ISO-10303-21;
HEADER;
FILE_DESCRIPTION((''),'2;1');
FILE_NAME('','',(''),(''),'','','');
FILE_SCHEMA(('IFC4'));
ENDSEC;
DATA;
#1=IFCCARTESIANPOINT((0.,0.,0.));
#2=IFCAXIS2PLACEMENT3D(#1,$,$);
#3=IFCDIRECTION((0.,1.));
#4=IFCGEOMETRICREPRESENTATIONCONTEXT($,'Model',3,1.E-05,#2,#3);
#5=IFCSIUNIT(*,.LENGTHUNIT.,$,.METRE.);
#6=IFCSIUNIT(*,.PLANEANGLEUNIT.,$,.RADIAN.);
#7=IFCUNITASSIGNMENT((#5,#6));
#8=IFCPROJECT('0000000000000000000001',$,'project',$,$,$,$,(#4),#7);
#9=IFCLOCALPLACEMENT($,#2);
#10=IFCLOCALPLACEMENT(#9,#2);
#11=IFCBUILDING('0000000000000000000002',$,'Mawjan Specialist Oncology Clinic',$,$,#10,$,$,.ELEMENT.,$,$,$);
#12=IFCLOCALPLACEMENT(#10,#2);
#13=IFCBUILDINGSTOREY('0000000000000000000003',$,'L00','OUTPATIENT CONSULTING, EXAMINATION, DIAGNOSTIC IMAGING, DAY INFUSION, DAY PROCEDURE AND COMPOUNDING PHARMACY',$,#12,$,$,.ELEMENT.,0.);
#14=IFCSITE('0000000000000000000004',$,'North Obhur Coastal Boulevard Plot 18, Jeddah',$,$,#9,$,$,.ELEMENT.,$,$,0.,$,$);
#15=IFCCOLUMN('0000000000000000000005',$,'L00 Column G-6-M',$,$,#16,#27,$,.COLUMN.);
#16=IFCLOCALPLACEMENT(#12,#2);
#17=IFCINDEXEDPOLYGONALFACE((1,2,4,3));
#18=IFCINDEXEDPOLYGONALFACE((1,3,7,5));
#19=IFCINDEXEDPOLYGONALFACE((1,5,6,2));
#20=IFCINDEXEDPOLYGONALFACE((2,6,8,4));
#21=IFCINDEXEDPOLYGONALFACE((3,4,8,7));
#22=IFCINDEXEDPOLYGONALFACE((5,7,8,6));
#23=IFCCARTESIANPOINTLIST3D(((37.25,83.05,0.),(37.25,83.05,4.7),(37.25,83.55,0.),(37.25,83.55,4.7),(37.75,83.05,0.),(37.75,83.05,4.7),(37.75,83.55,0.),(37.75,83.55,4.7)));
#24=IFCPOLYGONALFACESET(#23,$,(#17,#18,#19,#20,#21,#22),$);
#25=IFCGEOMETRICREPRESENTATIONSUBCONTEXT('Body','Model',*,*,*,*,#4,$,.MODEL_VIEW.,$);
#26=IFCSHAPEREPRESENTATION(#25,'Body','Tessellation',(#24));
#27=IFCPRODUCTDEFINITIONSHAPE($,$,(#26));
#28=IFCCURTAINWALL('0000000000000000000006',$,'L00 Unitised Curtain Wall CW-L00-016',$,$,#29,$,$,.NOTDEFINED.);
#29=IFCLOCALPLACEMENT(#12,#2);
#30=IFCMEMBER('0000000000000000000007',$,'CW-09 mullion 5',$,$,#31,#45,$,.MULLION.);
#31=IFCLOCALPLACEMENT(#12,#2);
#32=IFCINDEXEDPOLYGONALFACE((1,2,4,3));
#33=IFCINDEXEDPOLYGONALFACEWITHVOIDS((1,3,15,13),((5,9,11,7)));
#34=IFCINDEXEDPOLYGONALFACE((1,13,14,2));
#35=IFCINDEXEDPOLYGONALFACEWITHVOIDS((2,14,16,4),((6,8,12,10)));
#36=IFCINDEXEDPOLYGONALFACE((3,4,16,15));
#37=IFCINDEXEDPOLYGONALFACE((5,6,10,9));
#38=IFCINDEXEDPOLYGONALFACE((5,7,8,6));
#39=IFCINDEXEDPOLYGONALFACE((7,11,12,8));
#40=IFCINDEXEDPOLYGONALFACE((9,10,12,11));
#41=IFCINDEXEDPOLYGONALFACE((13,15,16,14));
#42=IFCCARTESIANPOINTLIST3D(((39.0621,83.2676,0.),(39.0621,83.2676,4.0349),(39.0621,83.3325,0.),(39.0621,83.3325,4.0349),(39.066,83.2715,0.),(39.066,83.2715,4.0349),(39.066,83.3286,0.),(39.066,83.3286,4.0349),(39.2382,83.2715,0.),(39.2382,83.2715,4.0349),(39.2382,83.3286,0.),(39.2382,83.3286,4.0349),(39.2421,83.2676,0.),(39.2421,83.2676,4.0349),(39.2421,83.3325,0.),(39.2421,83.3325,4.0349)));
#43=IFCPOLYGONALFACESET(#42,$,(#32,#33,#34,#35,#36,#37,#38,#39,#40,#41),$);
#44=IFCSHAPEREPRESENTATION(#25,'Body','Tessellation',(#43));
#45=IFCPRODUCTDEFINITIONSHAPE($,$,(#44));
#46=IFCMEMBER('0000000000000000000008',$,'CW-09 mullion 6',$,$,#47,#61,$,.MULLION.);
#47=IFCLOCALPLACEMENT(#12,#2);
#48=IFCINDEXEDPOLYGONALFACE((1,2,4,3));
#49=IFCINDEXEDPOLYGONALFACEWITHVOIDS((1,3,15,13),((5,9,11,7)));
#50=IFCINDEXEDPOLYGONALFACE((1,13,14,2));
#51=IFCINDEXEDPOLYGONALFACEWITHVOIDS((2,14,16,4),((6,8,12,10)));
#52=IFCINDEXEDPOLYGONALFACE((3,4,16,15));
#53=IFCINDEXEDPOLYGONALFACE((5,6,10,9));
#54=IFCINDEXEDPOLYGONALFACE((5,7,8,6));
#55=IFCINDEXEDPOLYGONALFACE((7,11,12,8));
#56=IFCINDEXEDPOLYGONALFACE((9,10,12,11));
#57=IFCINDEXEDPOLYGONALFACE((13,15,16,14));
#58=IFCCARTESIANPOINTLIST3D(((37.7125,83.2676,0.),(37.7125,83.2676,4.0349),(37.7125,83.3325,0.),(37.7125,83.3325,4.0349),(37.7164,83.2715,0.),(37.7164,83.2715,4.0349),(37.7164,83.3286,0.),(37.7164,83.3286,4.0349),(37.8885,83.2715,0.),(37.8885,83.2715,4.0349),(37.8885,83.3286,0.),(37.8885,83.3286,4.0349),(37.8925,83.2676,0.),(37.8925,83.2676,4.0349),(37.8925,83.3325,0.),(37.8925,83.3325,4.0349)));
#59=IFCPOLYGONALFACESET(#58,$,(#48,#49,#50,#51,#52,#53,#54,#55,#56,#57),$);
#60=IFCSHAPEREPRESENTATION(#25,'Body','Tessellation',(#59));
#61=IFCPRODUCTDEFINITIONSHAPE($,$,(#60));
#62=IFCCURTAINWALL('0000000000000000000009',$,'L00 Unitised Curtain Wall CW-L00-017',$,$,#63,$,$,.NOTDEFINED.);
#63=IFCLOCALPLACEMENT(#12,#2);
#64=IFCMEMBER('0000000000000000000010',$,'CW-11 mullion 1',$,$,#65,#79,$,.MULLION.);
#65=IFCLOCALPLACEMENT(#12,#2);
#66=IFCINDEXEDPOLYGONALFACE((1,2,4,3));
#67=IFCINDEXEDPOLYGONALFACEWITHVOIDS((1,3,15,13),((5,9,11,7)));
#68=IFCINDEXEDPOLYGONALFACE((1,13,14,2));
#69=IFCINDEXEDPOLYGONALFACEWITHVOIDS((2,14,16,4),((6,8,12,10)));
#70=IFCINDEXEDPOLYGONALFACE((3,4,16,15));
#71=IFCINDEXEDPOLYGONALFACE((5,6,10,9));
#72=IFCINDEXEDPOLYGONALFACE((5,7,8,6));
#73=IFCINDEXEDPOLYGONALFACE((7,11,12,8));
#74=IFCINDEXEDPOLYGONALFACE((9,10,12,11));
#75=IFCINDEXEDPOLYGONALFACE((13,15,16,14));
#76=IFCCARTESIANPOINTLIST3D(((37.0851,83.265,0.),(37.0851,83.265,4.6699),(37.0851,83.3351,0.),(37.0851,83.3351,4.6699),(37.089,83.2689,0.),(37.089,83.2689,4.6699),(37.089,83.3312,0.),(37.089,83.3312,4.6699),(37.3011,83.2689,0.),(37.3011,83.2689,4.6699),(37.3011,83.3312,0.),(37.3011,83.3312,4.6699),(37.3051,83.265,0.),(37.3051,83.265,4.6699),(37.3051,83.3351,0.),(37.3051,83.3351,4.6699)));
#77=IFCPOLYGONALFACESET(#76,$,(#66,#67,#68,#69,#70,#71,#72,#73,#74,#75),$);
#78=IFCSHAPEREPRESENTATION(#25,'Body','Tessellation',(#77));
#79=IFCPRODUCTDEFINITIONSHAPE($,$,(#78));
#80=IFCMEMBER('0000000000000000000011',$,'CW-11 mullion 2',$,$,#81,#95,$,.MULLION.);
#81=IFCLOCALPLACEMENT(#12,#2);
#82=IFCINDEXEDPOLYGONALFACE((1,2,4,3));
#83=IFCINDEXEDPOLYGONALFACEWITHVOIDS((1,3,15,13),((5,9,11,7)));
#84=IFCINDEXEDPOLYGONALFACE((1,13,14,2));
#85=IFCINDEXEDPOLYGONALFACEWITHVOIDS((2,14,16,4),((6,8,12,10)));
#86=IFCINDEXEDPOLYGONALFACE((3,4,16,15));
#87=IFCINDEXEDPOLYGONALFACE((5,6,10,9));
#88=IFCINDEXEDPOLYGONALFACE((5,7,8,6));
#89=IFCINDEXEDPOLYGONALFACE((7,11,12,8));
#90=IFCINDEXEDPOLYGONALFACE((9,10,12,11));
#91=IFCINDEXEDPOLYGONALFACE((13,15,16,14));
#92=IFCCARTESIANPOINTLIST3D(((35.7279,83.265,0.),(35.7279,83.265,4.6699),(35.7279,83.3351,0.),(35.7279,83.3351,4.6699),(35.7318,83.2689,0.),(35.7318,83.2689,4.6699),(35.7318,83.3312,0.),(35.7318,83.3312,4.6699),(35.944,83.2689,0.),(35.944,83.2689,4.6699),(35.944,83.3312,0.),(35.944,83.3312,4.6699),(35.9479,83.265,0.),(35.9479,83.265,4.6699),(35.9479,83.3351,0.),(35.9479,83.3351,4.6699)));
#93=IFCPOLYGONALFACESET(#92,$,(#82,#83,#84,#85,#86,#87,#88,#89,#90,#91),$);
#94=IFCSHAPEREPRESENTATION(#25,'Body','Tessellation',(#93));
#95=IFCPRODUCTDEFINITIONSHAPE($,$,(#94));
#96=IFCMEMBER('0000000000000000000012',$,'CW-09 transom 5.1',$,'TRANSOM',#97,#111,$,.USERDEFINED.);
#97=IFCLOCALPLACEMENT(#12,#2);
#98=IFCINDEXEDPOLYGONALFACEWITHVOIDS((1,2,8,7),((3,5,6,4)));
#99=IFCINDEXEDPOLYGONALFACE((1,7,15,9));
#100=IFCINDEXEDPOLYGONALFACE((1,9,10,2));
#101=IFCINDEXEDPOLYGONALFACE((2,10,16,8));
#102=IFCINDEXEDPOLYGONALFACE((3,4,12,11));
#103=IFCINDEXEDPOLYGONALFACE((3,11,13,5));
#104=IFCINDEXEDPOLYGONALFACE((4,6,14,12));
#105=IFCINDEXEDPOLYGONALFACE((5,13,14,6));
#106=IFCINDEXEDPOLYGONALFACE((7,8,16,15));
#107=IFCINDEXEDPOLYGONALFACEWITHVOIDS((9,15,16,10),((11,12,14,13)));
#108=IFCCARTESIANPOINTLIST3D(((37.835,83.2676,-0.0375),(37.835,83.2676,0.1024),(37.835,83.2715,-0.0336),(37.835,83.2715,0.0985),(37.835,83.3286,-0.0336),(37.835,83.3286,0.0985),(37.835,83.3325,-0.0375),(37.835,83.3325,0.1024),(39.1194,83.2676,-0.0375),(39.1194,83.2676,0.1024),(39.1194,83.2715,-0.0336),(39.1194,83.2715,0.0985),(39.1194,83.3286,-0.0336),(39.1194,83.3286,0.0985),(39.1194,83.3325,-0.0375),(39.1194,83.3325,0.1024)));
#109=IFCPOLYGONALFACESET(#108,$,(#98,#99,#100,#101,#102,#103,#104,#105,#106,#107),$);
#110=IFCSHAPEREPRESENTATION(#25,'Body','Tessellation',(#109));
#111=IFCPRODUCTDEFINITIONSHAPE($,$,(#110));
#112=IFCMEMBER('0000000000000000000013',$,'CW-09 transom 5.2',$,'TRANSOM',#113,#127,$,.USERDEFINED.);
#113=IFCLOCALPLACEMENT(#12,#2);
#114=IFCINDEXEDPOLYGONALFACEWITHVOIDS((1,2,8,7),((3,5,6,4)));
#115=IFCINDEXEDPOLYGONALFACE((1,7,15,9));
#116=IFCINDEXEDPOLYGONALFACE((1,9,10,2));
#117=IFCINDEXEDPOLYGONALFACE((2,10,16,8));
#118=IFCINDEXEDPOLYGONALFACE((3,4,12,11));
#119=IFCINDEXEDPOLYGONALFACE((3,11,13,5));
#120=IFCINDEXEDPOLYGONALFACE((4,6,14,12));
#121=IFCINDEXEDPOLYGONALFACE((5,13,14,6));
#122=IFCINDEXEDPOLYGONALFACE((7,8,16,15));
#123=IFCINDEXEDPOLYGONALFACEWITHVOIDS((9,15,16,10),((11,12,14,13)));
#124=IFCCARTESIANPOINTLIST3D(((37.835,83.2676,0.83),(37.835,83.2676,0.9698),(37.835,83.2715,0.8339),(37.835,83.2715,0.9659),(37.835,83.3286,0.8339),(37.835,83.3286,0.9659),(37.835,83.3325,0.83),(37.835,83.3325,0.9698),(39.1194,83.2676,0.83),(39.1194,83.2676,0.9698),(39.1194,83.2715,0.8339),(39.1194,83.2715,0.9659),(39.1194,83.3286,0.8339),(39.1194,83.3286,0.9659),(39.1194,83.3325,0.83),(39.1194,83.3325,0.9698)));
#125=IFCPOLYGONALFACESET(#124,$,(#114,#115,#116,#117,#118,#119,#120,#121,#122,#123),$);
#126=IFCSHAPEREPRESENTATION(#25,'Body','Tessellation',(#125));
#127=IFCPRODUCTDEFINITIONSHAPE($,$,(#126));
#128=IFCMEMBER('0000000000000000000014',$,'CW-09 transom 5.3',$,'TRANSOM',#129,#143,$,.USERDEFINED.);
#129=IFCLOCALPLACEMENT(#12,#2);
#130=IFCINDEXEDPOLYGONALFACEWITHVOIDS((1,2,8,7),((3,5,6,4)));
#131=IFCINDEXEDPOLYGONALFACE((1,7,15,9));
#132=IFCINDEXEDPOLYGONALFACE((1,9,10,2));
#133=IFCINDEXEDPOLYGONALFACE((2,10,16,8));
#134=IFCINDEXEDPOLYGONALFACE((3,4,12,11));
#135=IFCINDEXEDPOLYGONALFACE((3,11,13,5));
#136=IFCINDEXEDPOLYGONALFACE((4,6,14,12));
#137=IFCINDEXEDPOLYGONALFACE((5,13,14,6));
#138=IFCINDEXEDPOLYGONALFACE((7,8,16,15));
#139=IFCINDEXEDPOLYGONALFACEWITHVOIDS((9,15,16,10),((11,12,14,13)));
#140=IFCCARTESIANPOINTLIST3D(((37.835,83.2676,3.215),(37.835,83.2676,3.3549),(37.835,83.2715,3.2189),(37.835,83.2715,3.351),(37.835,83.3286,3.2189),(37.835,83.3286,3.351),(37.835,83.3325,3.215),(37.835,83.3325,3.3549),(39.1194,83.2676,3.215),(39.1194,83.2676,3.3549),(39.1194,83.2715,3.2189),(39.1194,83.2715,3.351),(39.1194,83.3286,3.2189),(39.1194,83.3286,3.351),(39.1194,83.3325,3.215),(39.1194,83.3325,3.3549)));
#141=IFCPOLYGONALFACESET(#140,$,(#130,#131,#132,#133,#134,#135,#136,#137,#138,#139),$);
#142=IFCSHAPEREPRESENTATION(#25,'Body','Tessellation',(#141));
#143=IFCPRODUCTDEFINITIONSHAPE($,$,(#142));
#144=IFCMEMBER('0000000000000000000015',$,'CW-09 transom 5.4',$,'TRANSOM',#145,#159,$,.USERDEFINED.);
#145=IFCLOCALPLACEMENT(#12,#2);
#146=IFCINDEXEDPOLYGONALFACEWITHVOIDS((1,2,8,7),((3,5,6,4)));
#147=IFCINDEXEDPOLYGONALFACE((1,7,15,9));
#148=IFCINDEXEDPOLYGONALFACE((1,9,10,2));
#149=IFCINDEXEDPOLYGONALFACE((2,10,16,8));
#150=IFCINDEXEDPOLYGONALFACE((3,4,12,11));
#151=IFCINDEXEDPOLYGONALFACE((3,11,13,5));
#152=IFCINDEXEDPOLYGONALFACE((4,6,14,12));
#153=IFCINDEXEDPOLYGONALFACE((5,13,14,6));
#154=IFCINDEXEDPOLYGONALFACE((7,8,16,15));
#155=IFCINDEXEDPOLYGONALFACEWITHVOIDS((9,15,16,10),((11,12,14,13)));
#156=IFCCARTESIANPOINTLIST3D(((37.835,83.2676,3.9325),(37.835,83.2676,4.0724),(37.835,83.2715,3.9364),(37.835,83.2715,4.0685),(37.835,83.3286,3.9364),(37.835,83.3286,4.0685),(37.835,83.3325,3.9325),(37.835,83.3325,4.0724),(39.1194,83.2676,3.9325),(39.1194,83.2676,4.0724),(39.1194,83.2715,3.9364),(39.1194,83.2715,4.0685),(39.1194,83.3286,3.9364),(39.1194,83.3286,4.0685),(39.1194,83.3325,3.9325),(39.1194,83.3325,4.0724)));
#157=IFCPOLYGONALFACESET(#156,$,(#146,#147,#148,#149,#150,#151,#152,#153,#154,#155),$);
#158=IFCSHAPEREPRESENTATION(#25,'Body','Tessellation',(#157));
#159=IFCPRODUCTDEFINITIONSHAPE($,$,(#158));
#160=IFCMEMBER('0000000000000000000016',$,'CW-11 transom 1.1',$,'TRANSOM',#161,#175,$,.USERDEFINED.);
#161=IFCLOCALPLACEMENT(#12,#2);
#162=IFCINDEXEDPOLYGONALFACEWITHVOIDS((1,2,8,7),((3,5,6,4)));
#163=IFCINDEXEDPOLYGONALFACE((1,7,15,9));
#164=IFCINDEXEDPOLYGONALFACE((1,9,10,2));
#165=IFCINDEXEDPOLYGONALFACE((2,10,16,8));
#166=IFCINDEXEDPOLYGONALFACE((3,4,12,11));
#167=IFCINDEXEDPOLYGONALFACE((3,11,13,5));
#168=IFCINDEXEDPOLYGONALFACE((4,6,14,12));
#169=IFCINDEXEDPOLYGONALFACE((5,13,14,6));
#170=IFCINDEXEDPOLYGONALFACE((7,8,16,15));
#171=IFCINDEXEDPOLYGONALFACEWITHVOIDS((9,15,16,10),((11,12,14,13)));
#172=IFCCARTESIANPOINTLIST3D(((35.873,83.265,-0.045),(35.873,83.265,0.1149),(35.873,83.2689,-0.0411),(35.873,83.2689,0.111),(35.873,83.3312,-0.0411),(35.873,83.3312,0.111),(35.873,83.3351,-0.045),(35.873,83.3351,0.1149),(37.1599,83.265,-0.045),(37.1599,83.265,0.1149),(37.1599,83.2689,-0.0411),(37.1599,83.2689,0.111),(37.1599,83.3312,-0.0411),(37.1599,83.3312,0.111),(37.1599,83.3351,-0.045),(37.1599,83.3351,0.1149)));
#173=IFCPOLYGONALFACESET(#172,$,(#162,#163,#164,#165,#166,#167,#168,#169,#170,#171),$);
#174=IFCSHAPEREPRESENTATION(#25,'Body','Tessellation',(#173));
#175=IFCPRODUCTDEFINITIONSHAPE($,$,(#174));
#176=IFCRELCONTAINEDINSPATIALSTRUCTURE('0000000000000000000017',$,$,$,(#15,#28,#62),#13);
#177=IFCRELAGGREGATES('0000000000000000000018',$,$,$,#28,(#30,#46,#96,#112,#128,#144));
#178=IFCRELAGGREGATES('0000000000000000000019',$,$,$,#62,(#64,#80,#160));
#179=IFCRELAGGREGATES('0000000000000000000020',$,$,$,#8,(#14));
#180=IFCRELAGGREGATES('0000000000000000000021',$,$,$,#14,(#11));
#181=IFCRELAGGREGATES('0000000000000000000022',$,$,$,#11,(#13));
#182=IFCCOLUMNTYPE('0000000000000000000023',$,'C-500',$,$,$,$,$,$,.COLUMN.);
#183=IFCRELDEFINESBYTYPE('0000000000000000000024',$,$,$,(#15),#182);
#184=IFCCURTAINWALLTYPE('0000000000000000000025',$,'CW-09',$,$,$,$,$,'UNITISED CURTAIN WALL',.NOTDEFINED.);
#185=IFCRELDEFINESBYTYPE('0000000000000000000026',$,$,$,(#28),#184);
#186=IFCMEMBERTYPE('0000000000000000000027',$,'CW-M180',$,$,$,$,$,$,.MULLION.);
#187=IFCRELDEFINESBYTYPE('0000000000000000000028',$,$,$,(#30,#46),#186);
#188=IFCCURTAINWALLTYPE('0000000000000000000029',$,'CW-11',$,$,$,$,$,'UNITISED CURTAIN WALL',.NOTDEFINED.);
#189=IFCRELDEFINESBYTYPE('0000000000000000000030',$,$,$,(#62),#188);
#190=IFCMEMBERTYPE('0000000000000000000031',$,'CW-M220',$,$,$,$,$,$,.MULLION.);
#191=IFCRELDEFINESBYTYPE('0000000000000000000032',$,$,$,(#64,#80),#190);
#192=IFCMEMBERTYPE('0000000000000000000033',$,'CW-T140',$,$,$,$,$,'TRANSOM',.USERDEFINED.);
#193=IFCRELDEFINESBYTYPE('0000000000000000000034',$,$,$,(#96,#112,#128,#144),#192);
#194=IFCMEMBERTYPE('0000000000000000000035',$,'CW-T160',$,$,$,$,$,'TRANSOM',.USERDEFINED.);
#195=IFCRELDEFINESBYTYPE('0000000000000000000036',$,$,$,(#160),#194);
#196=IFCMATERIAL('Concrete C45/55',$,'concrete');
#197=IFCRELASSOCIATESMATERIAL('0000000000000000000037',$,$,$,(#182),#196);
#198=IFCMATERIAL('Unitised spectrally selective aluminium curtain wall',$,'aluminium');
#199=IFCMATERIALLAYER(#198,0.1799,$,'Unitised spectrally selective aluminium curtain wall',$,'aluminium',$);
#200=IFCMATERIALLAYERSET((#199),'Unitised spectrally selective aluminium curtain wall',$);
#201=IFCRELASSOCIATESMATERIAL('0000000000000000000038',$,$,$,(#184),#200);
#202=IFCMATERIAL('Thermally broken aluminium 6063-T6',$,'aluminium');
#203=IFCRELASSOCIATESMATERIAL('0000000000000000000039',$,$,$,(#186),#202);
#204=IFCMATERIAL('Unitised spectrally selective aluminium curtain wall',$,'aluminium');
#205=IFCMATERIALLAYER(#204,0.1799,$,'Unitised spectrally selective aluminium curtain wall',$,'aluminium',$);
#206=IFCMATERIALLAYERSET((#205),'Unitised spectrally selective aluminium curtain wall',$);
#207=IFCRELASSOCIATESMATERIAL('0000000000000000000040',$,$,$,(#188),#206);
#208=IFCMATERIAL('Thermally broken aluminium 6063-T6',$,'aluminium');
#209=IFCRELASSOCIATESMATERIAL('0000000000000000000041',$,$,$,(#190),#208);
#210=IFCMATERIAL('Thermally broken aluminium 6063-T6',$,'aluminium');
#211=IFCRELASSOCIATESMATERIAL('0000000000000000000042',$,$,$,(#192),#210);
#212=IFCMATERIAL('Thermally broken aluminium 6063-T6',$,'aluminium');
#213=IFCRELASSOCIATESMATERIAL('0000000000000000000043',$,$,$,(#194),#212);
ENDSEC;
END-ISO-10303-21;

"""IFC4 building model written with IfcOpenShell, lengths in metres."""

from ifc_helpers import new_model, si_unit, direction, frame, origin, origin_2d, place, context, subcontext, project, spatial, rectangle, hollow_rectangle, extrude, material, layer, layer_set, material_profile, profile_set, type_object, element, aggregate, save


model = new_model("IFC4")

# Units and contexts
model_context = context("Model", 3, precision=1e-05, world=origin(), true_north=direction((0.0, 1.0)))
body_context = subcontext(model_context, "Body", "Model", "MODEL_VIEW")
ifc_project = project(units=[si_unit("LENGTHUNIT", "METRE"), si_unit("PLANEANGLEUNIT", "RADIAN")], contexts=[model_context])

# Site, building, storey
site_placement = place(None, origin())
site = spatial("IfcSite", under=ifc_project, at=site_placement, Name="North Obhur Coastal Boulevard Plot 18, Jeddah", CompositionType="ELEMENT", RefElevation=0.0)
building_placement = place(site_placement, origin())
building = spatial("IfcBuilding", under=site, at=building_placement, Name="Mawjan Specialist Oncology Clinic", CompositionType="ELEMENT")
storey_placement = place(building_placement, origin())
storey = spatial("IfcBuildingStorey", under=building, at=storey_placement, Name="L00", Description="OUTPATIENT CONSULTING, EXAMINATION, DIAGNOSTIC IMAGING, DAY INFUSION, DAY PROCEDURE AND COMPOUNDING PHARMACY", CompositionType="ELEMENT", Elevation=0.0)

# Column
ifc_material_1 = material(Name="Concrete C45/55", Category="concrete")
ifc_material_profile_1 = material_profile(ifc_material_1, rectangle(XDim=0.5, YDim=0.5, at=origin_2d()), Name="RC COL 500x500", Category="concrete")
ifc_profile_set_1 = profile_set([ifc_material_profile_1], Name="Concrete C45/55")
column_type = type_object("IfcColumnType", Name="C-500", PredefinedType="COLUMN", material=ifc_profile_set_1)
column_placement = place(storey_placement, frame((37.5, 83.3, 0.0), z_axis=(0.0, 0.0, 1.0), x_axis=(1.0, 0.0, 0.0)))
element("IfcColumn", 1, at=column_placement, inside=storey, type_object=column_type, Name="L00 Column G-6-M", PredefinedType="COLUMN", context=body_context, shape_type="SweptSolid", body=[
    extrude(rectangle(XDim=0.5, YDim=0.5, at=origin_2d()), origin(), (0.0, 0.0, 1.0), 4.7),
])

# Curtain walls, members
ifc_material_2 = material(Name="Unitised spectrally selective aluminium curtain wall", Category="aluminium")
ifc_layer_1 = layer(ifc_material_2, 0.1799, Name="Unitised spectrally selective aluminium curtain wall", Category="aluminium")
ifc_layer_set_1 = layer_set([ifc_layer_1], Name="Unitised spectrally selective aluminium curtain wall")
curtain_wall_type_1 = type_object("IfcCurtainWallType", Name="CW-09", ElementType="UNITISED CURTAIN WALL", PredefinedType="NOTDEFINED", material=ifc_layer_set_1)
curtain_wall_1_placement = place(storey_placement, origin())
curtain_wall_1 = element("IfcCurtainWall", 2, at=curtain_wall_1_placement, inside=storey, type_object=curtain_wall_type_1, Name="L00 Unitised Curtain Wall CW-L00-016", PredefinedType="NOTDEFINED")
ifc_material_3 = material(Name="Thermally broken aluminium 6063-T6", Category="aluminium")
ifc_material_profile_2 = material_profile(ifc_material_3, hollow_rectangle(XDim=0.0649, YDim=0.1799, WallThickness=0.0039, at=origin_2d()), Name="ALU MULLION 180x65x4", Category="aluminium")
ifc_profile_set_2 = profile_set([ifc_material_profile_2], Name="Thermally broken aluminium 6063-T6")
member_type_1 = type_object("IfcMemberType", Name="CW-M180", PredefinedType="MULLION", material=ifc_profile_set_2)
member_1_placement = place(storey_placement, frame((39.1521, 83.3, 0.0), z_axis=(0.0, 0.0, 1.0), x_axis=(0.0, -1.0, 0.0)))
member_1 = element("IfcMember", 3, at=member_1_placement, type_object=member_type_1, Name="CW-09 mullion 5", PredefinedType="MULLION", context=body_context, shape_type="SweptSolid", body=[
    extrude(hollow_rectangle(XDim=0.0649, YDim=0.1799, WallThickness=0.0039, at=origin_2d()), origin(), (0.0, 0.0, 1.0), 4.0349),
])
member_2_placement = place(storey_placement, frame((37.8025, 83.3, 0.0), z_axis=(0.0, 0.0, 1.0), x_axis=(0.0, -1.0, 0.0)))
member_2 = element("IfcMember", 4, at=member_2_placement, type_object=member_type_1, Name="CW-09 mullion 6", PredefinedType="MULLION", context=body_context, shape_type="SweptSolid", body=[
    extrude(hollow_rectangle(XDim=0.0649, YDim=0.1799, WallThickness=0.0039, at=origin_2d()), origin(), (0.0, 0.0, 1.0), 4.0349),
])
ifc_material_4 = material(Name="Unitised spectrally selective aluminium curtain wall", Category="aluminium")
ifc_layer_2 = layer(ifc_material_4, 0.1799, Name="Unitised spectrally selective aluminium curtain wall", Category="aluminium")
ifc_layer_set_2 = layer_set([ifc_layer_2], Name="Unitised spectrally selective aluminium curtain wall")
curtain_wall_type_2 = type_object("IfcCurtainWallType", Name="CW-11", ElementType="UNITISED CURTAIN WALL", PredefinedType="NOTDEFINED", material=ifc_layer_set_2)
curtain_wall_2_placement = place(storey_placement, origin())
curtain_wall_2 = element("IfcCurtainWall", 5, at=curtain_wall_2_placement, inside=storey, type_object=curtain_wall_type_2, Name="L00 Unitised Curtain Wall CW-L00-017", PredefinedType="NOTDEFINED")
ifc_material_5 = material(Name="Thermally broken aluminium 6063-T6", Category="aluminium")
ifc_material_profile_3 = material_profile(ifc_material_5, hollow_rectangle(XDim=0.0701, YDim=0.22, WallThickness=0.0039, at=origin_2d()), Name="ALU MULLION 220x70x4", Category="aluminium")
ifc_profile_set_3 = profile_set([ifc_material_profile_3], Name="Thermally broken aluminium 6063-T6")
member_type_2 = type_object("IfcMemberType", Name="CW-M220", PredefinedType="MULLION", material=ifc_profile_set_3)
member_3_placement = place(storey_placement, frame((37.1951, 83.3, 0.0), z_axis=(0.0, 0.0, 1.0), x_axis=(0.0, -1.0, 0.0)))
member_3 = element("IfcMember", 6, at=member_3_placement, type_object=member_type_2, Name="CW-11 mullion 1", PredefinedType="MULLION", context=body_context, shape_type="SweptSolid", body=[
    extrude(hollow_rectangle(XDim=0.0701, YDim=0.22, WallThickness=0.0039, at=origin_2d()), origin(), (0.0, 0.0, 1.0), 4.6699),
])
member_4_placement = place(storey_placement, frame((35.8379, 83.3, 0.0), z_axis=(0.0, 0.0, 1.0), x_axis=(0.0, -1.0, 0.0)))
member_4 = element("IfcMember", 7, at=member_4_placement, type_object=member_type_2, Name="CW-11 mullion 2", PredefinedType="MULLION", context=body_context, shape_type="SweptSolid", body=[
    extrude(hollow_rectangle(XDim=0.0701, YDim=0.22, WallThickness=0.0039, at=origin_2d()), origin(), (0.0, 0.0, 1.0), 4.6699),
])

# Members
ifc_material_6 = material(Name="Thermally broken aluminium 6063-T6", Category="aluminium")
ifc_material_profile_4 = material_profile(ifc_material_6, hollow_rectangle(XDim=0.0649, YDim=0.1399, WallThickness=0.0039, at=origin_2d()), Name="ALU TRANSOM 140x65x4", Category="aluminium")
ifc_profile_set_4 = profile_set([ifc_material_profile_4], Name="Thermally broken aluminium 6063-T6")
member_type_3 = type_object("IfcMemberType", Name="CW-T140", ElementType="TRANSOM", PredefinedType="USERDEFINED", material=ifc_profile_set_4)
member_5_placement = place(storey_placement, frame((39.1194, 83.3, 0.0325), z_axis=(-1.0, 0.0, 0.0), x_axis=(0.0, -1.0, 0.0)))
member_5 = element("IfcMember", 8, at=member_5_placement, type_object=member_type_3, Name="CW-09 transom 5.1", ObjectType="TRANSOM", PredefinedType="USERDEFINED", context=body_context, shape_type="SweptSolid", body=[
    extrude(hollow_rectangle(XDim=0.0649, YDim=0.1399, WallThickness=0.0039, at=origin_2d()), origin(), (0.0, 0.0, 1.0), 1.2844),
])
member_6_placement = place(storey_placement, frame((39.1194, 83.3, 0.8999), z_axis=(-1.0, 0.0, 0.0), x_axis=(0.0, -1.0, 0.0)))
member_6 = element("IfcMember", 9, at=member_6_placement, type_object=member_type_3, Name="CW-09 transom 5.2", ObjectType="TRANSOM", PredefinedType="USERDEFINED", context=body_context, shape_type="SweptSolid", body=[
    extrude(hollow_rectangle(XDim=0.0649, YDim=0.1399, WallThickness=0.0039, at=origin_2d()), origin(), (0.0, 0.0, 1.0), 1.2844),
])
member_7_placement = place(storey_placement, frame((39.1194, 83.3, 3.2849), z_axis=(-1.0, 0.0, 0.0), x_axis=(0.0, -1.0, 0.0)))
member_7 = element("IfcMember", 10, at=member_7_placement, type_object=member_type_3, Name="CW-09 transom 5.3", ObjectType="TRANSOM", PredefinedType="USERDEFINED", context=body_context, shape_type="SweptSolid", body=[
    extrude(hollow_rectangle(XDim=0.0649, YDim=0.1399, WallThickness=0.0039, at=origin_2d()), origin(), (0.0, 0.0, 1.0), 1.2844),
])
member_8_placement = place(storey_placement, frame((39.1194, 83.3, 4.0024), z_axis=(-1.0, 0.0, 0.0), x_axis=(0.0, -1.0, 0.0)))
member_8 = element("IfcMember", 11, at=member_8_placement, type_object=member_type_3, Name="CW-09 transom 5.4", ObjectType="TRANSOM", PredefinedType="USERDEFINED", context=body_context, shape_type="SweptSolid", body=[
    extrude(hollow_rectangle(XDim=0.0649, YDim=0.1399, WallThickness=0.0039, at=origin_2d()), origin(), (0.0, 0.0, 1.0), 1.2844),
])
ifc_material_7 = material(Name="Thermally broken aluminium 6063-T6", Category="aluminium")
ifc_material_profile_5 = material_profile(ifc_material_7, hollow_rectangle(XDim=0.0701, YDim=0.1599, WallThickness=0.0039, at=origin_2d()), Name="ALU TRANSOM 160x70x4", Category="aluminium")
ifc_profile_set_5 = profile_set([ifc_material_profile_5], Name="Thermally broken aluminium 6063-T6")
member_type_4 = type_object("IfcMemberType", Name="CW-T160", ElementType="TRANSOM", PredefinedType="USERDEFINED", material=ifc_profile_set_5)
member_9_placement = place(storey_placement, frame((37.1599, 83.3, 0.0349), z_axis=(-1.0, 0.0, 0.0), x_axis=(0.0, -1.0, 0.0)))
member_9 = element("IfcMember", 12, at=member_9_placement, type_object=member_type_4, Name="CW-11 transom 1.1", ObjectType="TRANSOM", PredefinedType="USERDEFINED", context=body_context, shape_type="SweptSolid", body=[
    extrude(hollow_rectangle(XDim=0.0701, YDim=0.1599, WallThickness=0.0039, at=origin_2d()), origin(), (0.0, 0.0, 1.0), 1.2869),
])

aggregate(curtain_wall_1, [member_1, member_2, member_5, member_6, member_7, member_8])
aggregate(curtain_wall_2, [member_3, member_4, member_9])

save(model, "model.ifc")
